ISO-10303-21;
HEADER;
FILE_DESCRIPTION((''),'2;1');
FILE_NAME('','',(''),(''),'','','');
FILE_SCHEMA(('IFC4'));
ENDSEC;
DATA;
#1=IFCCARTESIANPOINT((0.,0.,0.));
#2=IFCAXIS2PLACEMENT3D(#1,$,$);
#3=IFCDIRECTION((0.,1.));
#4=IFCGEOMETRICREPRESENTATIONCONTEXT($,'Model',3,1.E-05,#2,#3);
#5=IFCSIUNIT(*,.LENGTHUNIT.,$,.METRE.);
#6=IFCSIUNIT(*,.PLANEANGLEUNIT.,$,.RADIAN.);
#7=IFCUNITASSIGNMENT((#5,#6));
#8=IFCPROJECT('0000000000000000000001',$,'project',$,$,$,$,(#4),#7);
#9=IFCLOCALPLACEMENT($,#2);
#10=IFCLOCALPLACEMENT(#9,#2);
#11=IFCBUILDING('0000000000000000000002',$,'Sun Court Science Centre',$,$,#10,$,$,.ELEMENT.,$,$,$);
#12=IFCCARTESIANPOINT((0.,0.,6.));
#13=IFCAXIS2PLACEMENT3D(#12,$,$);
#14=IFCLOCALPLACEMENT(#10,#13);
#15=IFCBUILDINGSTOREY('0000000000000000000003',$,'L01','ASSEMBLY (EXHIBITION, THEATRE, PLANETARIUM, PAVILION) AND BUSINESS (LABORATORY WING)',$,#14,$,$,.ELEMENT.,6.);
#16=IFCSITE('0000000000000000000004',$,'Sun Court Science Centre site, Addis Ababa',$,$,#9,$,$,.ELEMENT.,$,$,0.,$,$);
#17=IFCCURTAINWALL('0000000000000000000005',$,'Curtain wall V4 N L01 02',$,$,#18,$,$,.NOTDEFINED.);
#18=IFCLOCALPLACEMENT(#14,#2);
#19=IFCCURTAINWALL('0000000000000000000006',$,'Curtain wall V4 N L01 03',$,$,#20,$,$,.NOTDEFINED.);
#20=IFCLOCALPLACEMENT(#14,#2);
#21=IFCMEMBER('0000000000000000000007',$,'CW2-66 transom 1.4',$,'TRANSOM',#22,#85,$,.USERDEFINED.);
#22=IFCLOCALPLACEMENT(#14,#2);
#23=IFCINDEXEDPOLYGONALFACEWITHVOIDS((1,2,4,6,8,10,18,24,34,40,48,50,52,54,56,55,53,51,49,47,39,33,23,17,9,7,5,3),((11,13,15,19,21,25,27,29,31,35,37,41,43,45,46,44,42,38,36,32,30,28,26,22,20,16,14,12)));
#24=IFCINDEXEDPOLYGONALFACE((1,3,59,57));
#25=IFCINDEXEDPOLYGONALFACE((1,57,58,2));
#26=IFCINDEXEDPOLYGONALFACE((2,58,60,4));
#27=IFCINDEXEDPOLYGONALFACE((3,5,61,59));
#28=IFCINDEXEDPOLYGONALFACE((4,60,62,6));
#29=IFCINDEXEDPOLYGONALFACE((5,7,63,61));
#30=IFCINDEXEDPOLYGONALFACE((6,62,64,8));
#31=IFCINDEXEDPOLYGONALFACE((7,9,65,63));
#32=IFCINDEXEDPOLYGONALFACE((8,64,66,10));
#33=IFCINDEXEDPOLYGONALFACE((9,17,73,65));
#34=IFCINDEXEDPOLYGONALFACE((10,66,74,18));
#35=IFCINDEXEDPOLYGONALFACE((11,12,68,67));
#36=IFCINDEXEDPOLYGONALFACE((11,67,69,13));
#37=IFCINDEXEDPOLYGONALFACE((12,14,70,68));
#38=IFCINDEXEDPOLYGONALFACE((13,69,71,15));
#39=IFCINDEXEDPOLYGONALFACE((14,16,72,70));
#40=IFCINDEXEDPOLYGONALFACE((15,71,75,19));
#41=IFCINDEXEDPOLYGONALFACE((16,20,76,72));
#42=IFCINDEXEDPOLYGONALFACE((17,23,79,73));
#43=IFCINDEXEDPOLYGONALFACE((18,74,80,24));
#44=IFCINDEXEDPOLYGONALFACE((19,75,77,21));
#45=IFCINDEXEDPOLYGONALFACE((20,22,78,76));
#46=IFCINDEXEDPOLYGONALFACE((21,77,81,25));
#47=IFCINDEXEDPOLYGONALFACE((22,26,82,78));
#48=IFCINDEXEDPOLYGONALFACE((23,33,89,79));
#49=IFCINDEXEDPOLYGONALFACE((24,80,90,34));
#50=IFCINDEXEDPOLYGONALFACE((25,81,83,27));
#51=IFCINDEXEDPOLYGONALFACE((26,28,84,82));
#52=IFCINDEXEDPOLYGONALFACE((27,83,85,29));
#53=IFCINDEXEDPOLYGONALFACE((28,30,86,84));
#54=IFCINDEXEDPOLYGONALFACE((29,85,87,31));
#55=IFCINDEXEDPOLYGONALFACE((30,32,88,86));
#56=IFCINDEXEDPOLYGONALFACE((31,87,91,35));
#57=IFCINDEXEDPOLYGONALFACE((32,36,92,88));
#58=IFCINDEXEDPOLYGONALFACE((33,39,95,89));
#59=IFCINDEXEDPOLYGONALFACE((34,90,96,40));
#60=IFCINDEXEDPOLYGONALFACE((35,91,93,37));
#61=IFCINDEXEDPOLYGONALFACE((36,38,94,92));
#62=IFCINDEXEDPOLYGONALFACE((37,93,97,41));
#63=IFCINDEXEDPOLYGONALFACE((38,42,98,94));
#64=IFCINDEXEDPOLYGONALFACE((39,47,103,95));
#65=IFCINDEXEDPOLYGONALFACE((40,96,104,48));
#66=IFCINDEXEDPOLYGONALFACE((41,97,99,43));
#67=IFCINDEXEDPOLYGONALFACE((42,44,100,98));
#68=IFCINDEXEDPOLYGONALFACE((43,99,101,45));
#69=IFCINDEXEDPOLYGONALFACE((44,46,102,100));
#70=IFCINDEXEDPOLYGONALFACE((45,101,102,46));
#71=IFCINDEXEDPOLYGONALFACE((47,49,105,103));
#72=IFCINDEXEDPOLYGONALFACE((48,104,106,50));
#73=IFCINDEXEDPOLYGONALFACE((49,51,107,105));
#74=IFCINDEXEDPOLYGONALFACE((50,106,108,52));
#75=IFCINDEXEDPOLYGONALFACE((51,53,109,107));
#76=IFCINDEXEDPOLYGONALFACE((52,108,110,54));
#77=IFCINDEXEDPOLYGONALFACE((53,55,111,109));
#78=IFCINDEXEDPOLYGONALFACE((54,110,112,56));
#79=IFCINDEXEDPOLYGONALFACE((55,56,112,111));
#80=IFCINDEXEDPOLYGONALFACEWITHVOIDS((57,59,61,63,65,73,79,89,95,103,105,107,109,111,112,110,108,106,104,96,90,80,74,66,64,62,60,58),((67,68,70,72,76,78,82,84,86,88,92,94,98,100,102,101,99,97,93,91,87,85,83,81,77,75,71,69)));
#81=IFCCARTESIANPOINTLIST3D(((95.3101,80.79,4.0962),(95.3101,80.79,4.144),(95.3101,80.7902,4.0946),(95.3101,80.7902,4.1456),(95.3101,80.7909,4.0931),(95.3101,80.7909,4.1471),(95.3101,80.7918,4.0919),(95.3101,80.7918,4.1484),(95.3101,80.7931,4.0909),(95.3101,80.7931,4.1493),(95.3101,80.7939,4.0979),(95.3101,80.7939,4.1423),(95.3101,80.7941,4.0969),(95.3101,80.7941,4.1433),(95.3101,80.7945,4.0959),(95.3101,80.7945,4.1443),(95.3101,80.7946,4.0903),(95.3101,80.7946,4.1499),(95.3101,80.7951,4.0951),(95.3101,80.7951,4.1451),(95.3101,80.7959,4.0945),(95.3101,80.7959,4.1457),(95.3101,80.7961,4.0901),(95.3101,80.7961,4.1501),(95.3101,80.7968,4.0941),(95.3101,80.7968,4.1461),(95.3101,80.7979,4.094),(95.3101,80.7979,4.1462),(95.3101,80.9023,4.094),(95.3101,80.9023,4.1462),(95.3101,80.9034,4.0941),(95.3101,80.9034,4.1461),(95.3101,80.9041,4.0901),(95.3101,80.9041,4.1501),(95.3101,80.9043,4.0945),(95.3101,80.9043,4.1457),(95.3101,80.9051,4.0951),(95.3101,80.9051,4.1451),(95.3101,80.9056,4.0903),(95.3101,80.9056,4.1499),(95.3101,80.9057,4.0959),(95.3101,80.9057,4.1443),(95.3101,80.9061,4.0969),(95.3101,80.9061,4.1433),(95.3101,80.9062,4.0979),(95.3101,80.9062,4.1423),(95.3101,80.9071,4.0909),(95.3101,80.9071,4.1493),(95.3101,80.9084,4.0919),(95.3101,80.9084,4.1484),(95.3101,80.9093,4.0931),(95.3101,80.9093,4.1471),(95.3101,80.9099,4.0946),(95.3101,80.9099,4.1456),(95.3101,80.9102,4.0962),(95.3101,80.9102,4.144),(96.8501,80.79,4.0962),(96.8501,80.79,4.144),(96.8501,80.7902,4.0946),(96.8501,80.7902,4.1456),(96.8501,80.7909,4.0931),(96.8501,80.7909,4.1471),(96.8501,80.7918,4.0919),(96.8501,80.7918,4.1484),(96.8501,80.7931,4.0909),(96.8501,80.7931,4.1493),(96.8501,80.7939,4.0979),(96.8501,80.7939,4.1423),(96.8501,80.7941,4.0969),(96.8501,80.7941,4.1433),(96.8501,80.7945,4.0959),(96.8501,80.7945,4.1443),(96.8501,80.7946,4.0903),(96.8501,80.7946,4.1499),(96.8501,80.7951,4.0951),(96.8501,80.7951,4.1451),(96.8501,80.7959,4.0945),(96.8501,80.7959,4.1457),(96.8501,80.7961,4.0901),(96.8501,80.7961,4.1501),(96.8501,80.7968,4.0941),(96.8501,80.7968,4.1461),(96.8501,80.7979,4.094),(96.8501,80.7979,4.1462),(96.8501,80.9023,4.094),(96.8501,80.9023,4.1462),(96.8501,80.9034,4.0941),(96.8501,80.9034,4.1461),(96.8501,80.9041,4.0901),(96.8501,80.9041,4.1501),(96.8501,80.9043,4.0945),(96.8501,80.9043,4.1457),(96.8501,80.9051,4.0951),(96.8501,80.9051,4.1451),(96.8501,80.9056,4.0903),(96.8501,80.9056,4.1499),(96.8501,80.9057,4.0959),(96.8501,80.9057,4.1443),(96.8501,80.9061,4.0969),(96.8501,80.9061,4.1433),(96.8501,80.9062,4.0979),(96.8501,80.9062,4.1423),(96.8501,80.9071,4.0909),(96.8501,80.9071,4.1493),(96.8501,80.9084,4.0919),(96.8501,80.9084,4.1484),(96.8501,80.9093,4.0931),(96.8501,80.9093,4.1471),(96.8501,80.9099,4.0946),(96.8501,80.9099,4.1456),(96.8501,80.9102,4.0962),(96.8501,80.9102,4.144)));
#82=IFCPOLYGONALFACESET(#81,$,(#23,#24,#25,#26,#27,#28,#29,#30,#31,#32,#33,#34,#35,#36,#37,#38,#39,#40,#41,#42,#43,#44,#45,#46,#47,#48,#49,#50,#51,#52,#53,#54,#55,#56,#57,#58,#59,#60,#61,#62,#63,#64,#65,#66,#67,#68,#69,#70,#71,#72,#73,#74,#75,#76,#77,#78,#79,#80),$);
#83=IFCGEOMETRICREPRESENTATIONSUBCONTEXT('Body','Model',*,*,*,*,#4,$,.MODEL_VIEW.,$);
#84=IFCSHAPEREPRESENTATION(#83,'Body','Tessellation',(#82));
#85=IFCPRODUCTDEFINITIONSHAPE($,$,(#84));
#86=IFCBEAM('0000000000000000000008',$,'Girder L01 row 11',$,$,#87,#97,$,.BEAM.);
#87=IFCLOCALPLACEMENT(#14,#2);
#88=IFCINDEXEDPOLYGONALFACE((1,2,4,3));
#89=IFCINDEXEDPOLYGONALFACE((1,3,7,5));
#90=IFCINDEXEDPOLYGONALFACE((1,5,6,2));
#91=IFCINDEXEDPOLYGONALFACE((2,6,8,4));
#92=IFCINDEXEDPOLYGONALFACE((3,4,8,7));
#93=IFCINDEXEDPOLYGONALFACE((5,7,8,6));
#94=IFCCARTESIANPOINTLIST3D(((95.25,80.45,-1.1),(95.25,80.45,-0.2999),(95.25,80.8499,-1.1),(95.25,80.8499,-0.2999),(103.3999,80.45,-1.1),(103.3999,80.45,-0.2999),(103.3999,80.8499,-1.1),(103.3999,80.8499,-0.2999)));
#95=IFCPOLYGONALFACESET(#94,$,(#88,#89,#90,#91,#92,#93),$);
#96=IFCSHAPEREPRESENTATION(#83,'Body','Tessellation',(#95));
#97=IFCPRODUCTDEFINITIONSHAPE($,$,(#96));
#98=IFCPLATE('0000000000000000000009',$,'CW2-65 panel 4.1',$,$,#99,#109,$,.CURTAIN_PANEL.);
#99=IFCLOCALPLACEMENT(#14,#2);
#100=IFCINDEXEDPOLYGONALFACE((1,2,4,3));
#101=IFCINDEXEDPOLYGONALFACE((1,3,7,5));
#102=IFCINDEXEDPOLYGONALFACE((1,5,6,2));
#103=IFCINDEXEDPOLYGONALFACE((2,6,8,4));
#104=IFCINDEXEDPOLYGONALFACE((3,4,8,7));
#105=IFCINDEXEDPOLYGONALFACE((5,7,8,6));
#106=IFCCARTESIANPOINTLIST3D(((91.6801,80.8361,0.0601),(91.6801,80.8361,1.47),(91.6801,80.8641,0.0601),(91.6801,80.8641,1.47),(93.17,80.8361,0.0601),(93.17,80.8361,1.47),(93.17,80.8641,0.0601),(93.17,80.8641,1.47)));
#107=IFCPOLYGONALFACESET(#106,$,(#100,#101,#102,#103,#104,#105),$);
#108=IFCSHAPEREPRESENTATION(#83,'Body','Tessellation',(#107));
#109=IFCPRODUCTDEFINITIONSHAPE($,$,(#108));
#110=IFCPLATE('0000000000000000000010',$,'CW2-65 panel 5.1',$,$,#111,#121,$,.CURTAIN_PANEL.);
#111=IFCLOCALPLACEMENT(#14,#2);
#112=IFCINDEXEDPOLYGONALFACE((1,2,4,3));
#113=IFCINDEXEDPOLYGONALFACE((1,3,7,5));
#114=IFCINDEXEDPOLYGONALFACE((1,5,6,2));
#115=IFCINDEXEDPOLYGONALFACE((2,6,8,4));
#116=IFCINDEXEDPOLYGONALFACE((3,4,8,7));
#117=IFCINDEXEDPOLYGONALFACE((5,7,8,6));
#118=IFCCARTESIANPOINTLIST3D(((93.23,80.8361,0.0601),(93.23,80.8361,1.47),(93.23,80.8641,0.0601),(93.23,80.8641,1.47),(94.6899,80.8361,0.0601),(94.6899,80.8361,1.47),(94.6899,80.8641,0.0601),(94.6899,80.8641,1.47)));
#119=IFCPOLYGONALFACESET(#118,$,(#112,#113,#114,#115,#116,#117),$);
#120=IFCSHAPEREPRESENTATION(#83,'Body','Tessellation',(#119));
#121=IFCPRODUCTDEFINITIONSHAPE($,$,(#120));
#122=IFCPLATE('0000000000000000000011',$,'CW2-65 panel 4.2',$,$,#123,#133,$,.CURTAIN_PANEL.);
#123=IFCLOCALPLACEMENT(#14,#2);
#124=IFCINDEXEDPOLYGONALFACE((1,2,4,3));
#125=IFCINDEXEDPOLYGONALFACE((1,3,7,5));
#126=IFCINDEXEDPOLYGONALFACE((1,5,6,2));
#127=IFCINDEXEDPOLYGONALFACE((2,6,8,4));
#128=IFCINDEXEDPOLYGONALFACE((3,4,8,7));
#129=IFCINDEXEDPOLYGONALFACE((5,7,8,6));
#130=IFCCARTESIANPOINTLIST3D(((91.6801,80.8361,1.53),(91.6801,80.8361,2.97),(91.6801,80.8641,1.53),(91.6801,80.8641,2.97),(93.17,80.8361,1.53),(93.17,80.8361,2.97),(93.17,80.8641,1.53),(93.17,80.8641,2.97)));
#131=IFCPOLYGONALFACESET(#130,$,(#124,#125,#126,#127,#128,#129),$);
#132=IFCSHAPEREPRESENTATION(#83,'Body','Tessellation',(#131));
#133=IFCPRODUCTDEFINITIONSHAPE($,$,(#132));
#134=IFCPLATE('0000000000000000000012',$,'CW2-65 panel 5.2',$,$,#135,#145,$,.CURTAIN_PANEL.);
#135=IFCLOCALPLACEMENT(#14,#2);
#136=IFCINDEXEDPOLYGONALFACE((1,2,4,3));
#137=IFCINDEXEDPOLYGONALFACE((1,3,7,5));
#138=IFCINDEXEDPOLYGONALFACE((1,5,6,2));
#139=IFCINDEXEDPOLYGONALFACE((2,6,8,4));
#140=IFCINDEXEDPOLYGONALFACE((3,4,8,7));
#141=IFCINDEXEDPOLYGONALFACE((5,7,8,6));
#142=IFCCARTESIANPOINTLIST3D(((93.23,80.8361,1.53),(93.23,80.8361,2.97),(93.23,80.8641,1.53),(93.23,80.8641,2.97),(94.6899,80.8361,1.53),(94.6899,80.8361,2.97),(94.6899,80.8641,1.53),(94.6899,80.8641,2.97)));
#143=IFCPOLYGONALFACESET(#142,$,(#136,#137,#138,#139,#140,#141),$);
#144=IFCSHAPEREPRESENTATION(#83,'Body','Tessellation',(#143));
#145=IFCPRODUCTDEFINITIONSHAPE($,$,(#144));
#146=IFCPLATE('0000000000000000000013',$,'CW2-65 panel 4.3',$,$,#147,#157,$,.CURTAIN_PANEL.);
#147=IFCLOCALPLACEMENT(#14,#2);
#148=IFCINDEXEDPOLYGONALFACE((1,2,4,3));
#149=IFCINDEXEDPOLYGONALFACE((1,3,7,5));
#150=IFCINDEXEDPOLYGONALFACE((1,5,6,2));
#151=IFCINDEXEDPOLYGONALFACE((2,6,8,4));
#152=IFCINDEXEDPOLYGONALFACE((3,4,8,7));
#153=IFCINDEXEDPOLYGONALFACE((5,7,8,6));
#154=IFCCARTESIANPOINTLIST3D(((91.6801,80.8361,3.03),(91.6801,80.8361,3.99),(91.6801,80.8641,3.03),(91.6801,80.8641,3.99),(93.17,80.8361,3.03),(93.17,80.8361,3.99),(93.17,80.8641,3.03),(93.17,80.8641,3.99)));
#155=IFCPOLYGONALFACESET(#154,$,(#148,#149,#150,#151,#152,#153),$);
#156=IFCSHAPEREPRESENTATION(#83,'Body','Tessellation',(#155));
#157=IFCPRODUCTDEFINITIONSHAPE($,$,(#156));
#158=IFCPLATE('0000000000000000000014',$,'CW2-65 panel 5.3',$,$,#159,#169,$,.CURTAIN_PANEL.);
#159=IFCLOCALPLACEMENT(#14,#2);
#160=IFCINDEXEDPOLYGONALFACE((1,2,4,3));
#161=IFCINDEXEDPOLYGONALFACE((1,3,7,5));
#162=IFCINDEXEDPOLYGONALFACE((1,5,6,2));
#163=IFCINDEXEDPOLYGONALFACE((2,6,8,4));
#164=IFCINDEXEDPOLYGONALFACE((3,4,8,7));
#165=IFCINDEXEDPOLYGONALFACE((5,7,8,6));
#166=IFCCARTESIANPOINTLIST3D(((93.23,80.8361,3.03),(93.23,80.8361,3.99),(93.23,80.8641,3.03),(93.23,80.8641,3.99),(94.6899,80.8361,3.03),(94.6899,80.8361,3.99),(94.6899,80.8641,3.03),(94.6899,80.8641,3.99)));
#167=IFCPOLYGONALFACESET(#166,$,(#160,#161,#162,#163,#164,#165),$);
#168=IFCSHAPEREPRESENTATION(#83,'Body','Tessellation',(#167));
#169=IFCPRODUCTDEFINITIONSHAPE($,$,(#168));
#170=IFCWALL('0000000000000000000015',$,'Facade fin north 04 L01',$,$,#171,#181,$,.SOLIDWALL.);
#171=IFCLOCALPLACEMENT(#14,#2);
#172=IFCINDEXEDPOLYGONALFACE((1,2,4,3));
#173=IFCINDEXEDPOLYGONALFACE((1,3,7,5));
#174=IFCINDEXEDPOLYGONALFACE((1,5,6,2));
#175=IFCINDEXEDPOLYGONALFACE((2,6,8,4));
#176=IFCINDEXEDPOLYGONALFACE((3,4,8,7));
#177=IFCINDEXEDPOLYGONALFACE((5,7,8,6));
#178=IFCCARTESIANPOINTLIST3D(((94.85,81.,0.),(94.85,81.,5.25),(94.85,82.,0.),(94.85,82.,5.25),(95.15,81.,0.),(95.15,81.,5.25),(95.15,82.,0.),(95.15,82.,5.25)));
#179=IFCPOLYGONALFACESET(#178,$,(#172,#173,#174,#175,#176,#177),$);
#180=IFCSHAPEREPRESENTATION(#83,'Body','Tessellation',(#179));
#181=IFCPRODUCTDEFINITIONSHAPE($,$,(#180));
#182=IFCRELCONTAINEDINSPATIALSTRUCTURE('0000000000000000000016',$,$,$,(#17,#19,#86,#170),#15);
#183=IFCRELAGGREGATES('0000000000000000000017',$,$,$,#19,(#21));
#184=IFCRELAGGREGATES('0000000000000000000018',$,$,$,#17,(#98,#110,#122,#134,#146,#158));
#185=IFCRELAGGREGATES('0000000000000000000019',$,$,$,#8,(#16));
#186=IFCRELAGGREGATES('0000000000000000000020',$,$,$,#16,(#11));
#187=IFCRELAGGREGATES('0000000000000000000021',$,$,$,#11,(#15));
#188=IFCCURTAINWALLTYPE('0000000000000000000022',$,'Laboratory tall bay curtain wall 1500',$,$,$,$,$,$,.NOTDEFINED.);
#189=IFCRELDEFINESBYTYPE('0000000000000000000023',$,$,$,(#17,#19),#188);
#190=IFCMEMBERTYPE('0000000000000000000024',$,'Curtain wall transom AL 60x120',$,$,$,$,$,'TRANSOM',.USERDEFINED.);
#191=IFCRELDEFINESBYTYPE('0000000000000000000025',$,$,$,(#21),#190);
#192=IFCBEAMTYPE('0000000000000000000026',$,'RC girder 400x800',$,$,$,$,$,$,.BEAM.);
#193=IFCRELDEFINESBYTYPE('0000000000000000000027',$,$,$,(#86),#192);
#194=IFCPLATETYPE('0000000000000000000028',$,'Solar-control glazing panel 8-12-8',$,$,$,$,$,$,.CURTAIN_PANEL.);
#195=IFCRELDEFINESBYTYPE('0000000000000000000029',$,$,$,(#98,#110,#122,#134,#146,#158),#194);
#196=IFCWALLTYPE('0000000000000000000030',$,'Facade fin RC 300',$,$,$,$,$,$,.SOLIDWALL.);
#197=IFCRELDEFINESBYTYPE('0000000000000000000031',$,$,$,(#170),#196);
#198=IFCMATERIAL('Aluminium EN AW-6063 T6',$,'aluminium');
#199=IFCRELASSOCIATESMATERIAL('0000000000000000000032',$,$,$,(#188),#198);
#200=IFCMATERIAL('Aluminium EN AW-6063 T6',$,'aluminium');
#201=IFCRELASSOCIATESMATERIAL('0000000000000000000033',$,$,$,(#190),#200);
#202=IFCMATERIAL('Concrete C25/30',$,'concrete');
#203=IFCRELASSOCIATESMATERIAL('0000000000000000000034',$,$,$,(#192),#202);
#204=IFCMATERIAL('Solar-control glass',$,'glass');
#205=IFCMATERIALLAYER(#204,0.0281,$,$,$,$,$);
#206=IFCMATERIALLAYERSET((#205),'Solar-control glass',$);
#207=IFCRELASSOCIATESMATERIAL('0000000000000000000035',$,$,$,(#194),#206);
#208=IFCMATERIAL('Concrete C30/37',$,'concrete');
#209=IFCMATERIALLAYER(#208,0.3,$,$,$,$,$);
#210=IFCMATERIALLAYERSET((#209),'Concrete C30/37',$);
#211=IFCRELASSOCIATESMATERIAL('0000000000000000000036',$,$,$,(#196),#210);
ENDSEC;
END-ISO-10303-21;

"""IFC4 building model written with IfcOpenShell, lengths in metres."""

from ifc_helpers import new_model, si_unit, direction, frame, frame_2d, origin, origin_2d, place, context, subcontext, project, spatial, rectangle, hollow_rectangle, extrude, material, layer, layer_set, material_profile, profile_set, type_object, element, aggregate, save


model = new_model("IFC4")

# Units and contexts
model_context = context("Model", 3, precision=1e-05, world=origin(), true_north=direction((0.0, 1.0)))
body_context = subcontext(model_context, "Body", "Model", "MODEL_VIEW")
ifc_project = project(units=[si_unit("LENGTHUNIT", "METRE"), si_unit("PLANEANGLEUNIT", "RADIAN")], contexts=[model_context])

# Site, building, storey
site_placement = place(None, origin())
site = spatial("IfcSite", under=ifc_project, at=site_placement, Name="Sun Court Science Centre site, Addis Ababa", CompositionType="ELEMENT", RefElevation=0.0)
building_placement = place(site_placement, origin())
building = spatial("IfcBuilding", under=site, at=building_placement, Name="Sun Court Science Centre", CompositionType="ELEMENT")
storey_placement = place(building_placement, frame((0.0, 0.0, 6.0)))
storey = spatial("IfcBuildingStorey", under=building, at=storey_placement, Name="L01", Description="ASSEMBLY (EXHIBITION, THEATRE, PLANETARIUM, PAVILION) AND BUSINESS (LABORATORY WING)", CompositionType="ELEMENT", Elevation=6.0)

# Curtain wall
ifc_material_1 = material(Name="Aluminium EN AW-6063 T6", Category="aluminium")
curtain_wall_type = type_object("IfcCurtainWallType", Name="Laboratory tall bay curtain wall 1500", PredefinedType="NOTDEFINED", material=ifc_material_1)
curtain_wall_1_placement = place(storey_placement, origin())
curtain_wall_1 = element("IfcCurtainWall", 1, at=curtain_wall_1_placement, inside=storey, type_object=curtain_wall_type, Name="Curtain wall V4 N L01 02", PredefinedType="NOTDEFINED")

# Curtain wall
curtain_wall_2_placement = place(storey_placement, origin())
curtain_wall_2 = element("IfcCurtainWall", 2, at=curtain_wall_2_placement, inside=storey, type_object=curtain_wall_type, Name="Curtain wall V4 N L01 03", PredefinedType="NOTDEFINED")

# Member
ifc_material_2 = material(Name="Aluminium EN AW-6063 T6", Category="aluminium")
ifc_material_profile_1 = material_profile(ifc_material_2, hollow_rectangle(XDim=0.0601, YDim=0.1201, WallThickness=0.0039, InnerFilletRadius=0.0039, OuterFilletRadius=0.0061, at=origin_2d()), Name="AL 60x120x4")
ifc_profile_set_1 = profile_set([ifc_material_profile_1], Name="Aluminium EN AW-6063 T6")
member_type_1 = type_object("IfcMemberType", Name="Curtain wall transom AL 60x120", ElementType="TRANSOM", PredefinedType="USERDEFINED", material=ifc_profile_set_1)
member_1_placement = place(storey_placement, frame((95.3101, 80.8501, 4.1201), z_axis=(1.0, 0.0, 0.0), x_axis=(0.0, 0.0, 1.0)))
member_1 = element("IfcMember", 3, at=member_1_placement, type_object=member_type_1, Name="CW2-66 transom 1.4", ObjectType="TRANSOM", PredefinedType="USERDEFINED", context=body_context, shape_type="SweptSolid", body=[
    extrude(hollow_rectangle(XDim=0.0601, YDim=0.1201, WallThickness=0.0039, InnerFilletRadius=0.0039, OuterFilletRadius=0.0061, at=origin_2d()), origin(), (0.0, 0.0, 1.0), 1.54),
])
aggregate(curtain_wall_2, [member_1])

# Beam
ifc_material_3 = material(Name="Concrete C25/30", Category="concrete")
ifc_material_profile_2 = material_profile(ifc_material_3, rectangle(XDim=0.3999, YDim=0.8, at=origin_2d()), Name="RC 400x800")
ifc_profile_set_2 = profile_set([ifc_material_profile_2], Name="Concrete C25/30")
beam_type = type_object("IfcBeamType", Name="RC girder 400x800", PredefinedType="BEAM", material=ifc_profile_set_2)
beam_placement = place(storey_placement, frame((95.25, 80.6499, -0.7), z_axis=(1.0, 0.0, 0.0), x_axis=(0.0, 1.0, 0.0)))
element("IfcBeam", 4, at=beam_placement, inside=storey, type_object=beam_type, Name="Girder L01 row 11", PredefinedType="BEAM", context=body_context, shape_type="SweptSolid", body=[
    extrude(rectangle(XDim=0.3999, YDim=0.8, at=origin_2d()), origin(), (0.0, 0.0, 1.0), 8.1499),
])

# Plates
ifc_material_4 = material(Name="Solar-control glass", Category="glass")
ifc_layer_1 = layer(ifc_material_4, 0.0281)
ifc_layer_set_1 = layer_set([ifc_layer_1], Name="Solar-control glass")
plate_type = type_object("IfcPlateType", Name="Solar-control glazing panel 8-12-8", PredefinedType="CURTAIN_PANEL", material=ifc_layer_set_1)
plate_1_placement = place(storey_placement, frame((92.425, 80.8501, 0.0601), z_axis=(0.0, 0.0, 1.0), x_axis=(1.0, 0.0, 0.0)))
plate_1 = element("IfcPlate", 5, at=plate_1_placement, type_object=plate_type, Name="CW2-65 panel 4.1", PredefinedType="CURTAIN_PANEL", context=body_context, shape_type="SweptSolid", body=[
    extrude(rectangle(XDim=1.49, YDim=0.0281, at=origin_2d()), origin(), (0.0, 0.0, 1.0), 1.4099),
])
plate_2_placement = place(storey_placement, frame((93.96, 80.8501, 0.0601), z_axis=(0.0, 0.0, 1.0), x_axis=(1.0, 0.0, 0.0)))
plate_2 = element("IfcPlate", 6, at=plate_2_placement, type_object=plate_type, Name="CW2-65 panel 5.1", PredefinedType="CURTAIN_PANEL", context=body_context, shape_type="SweptSolid", body=[
    extrude(rectangle(XDim=1.46, YDim=0.0281, at=origin_2d()), origin(), (0.0, 0.0, 1.0), 1.4099),
])
plate_3_placement = place(storey_placement, frame((92.425, 80.8501, 1.53), z_axis=(0.0, 0.0, 1.0), x_axis=(1.0, 0.0, 0.0)))
plate_3 = element("IfcPlate", 7, at=plate_3_placement, type_object=plate_type, Name="CW2-65 panel 4.2", PredefinedType="CURTAIN_PANEL", context=body_context, shape_type="SweptSolid", body=[
    extrude(rectangle(XDim=1.49, YDim=0.0281, at=origin_2d()), origin(), (0.0, 0.0, 1.0), 1.4399),
])
plate_4_placement = place(storey_placement, frame((93.96, 80.8501, 1.53), z_axis=(0.0, 0.0, 1.0), x_axis=(1.0, 0.0, 0.0)))
plate_4 = element("IfcPlate", 8, at=plate_4_placement, type_object=plate_type, Name="CW2-65 panel 5.2", PredefinedType="CURTAIN_PANEL", context=body_context, shape_type="SweptSolid", body=[
    extrude(rectangle(XDim=1.46, YDim=0.0281, at=origin_2d()), origin(), (0.0, 0.0, 1.0), 1.4399),
])
plate_5_placement = place(storey_placement, frame((92.425, 80.8501, 3.03), z_axis=(0.0, 0.0, 1.0), x_axis=(1.0, 0.0, 0.0)))
plate_5 = element("IfcPlate", 9, at=plate_5_placement, type_object=plate_type, Name="CW2-65 panel 4.3", PredefinedType="CURTAIN_PANEL", context=body_context, shape_type="SweptSolid", body=[
    extrude(rectangle(XDim=1.49, YDim=0.0281, at=origin_2d()), origin(), (0.0, 0.0, 1.0), 0.96),
])
plate_6_placement = place(storey_placement, frame((93.96, 80.8501, 3.03), z_axis=(0.0, 0.0, 1.0), x_axis=(1.0, 0.0, 0.0)))
plate_6 = element("IfcPlate", 10, at=plate_6_placement, type_object=plate_type, Name="CW2-65 panel 5.3", PredefinedType="CURTAIN_PANEL", context=body_context, shape_type="SweptSolid", body=[
    extrude(rectangle(XDim=1.46, YDim=0.0281, at=origin_2d()), origin(), (0.0, 0.0, 1.0), 0.96),
])
aggregate(curtain_wall_1, [plate_1, plate_2, plate_3, plate_4, plate_5, plate_6])

# Wall
ifc_material_5 = material(Name="Concrete C30/37", Category="concrete")
ifc_layer_2 = layer(ifc_material_5, 0.3)
ifc_layer_set_2 = layer_set([ifc_layer_2], Name="Concrete C30/37")
wall_type = type_object("IfcWallType", Name="Facade fin RC 300", PredefinedType="SOLIDWALL", material=ifc_layer_set_2)
wall_placement = place(storey_placement, frame((95.0, 81.0, 0.0), z_axis=(0.0, 0.0, 1.0), x_axis=(0.0, 1.0, 0.0)))
element("IfcWall", 11, at=wall_placement, inside=storey, type_object=wall_type, Name="Facade fin north 04 L01", PredefinedType="SOLIDWALL", context=body_context, shape_type="SweptSolid", body=[
    extrude(rectangle(XDim=1.0, YDim=0.3, at=frame_2d((0.5, 0.0))), origin(), (0.0, 0.0, 1.0), 5.25),
])

save(model, "model.ifc")
